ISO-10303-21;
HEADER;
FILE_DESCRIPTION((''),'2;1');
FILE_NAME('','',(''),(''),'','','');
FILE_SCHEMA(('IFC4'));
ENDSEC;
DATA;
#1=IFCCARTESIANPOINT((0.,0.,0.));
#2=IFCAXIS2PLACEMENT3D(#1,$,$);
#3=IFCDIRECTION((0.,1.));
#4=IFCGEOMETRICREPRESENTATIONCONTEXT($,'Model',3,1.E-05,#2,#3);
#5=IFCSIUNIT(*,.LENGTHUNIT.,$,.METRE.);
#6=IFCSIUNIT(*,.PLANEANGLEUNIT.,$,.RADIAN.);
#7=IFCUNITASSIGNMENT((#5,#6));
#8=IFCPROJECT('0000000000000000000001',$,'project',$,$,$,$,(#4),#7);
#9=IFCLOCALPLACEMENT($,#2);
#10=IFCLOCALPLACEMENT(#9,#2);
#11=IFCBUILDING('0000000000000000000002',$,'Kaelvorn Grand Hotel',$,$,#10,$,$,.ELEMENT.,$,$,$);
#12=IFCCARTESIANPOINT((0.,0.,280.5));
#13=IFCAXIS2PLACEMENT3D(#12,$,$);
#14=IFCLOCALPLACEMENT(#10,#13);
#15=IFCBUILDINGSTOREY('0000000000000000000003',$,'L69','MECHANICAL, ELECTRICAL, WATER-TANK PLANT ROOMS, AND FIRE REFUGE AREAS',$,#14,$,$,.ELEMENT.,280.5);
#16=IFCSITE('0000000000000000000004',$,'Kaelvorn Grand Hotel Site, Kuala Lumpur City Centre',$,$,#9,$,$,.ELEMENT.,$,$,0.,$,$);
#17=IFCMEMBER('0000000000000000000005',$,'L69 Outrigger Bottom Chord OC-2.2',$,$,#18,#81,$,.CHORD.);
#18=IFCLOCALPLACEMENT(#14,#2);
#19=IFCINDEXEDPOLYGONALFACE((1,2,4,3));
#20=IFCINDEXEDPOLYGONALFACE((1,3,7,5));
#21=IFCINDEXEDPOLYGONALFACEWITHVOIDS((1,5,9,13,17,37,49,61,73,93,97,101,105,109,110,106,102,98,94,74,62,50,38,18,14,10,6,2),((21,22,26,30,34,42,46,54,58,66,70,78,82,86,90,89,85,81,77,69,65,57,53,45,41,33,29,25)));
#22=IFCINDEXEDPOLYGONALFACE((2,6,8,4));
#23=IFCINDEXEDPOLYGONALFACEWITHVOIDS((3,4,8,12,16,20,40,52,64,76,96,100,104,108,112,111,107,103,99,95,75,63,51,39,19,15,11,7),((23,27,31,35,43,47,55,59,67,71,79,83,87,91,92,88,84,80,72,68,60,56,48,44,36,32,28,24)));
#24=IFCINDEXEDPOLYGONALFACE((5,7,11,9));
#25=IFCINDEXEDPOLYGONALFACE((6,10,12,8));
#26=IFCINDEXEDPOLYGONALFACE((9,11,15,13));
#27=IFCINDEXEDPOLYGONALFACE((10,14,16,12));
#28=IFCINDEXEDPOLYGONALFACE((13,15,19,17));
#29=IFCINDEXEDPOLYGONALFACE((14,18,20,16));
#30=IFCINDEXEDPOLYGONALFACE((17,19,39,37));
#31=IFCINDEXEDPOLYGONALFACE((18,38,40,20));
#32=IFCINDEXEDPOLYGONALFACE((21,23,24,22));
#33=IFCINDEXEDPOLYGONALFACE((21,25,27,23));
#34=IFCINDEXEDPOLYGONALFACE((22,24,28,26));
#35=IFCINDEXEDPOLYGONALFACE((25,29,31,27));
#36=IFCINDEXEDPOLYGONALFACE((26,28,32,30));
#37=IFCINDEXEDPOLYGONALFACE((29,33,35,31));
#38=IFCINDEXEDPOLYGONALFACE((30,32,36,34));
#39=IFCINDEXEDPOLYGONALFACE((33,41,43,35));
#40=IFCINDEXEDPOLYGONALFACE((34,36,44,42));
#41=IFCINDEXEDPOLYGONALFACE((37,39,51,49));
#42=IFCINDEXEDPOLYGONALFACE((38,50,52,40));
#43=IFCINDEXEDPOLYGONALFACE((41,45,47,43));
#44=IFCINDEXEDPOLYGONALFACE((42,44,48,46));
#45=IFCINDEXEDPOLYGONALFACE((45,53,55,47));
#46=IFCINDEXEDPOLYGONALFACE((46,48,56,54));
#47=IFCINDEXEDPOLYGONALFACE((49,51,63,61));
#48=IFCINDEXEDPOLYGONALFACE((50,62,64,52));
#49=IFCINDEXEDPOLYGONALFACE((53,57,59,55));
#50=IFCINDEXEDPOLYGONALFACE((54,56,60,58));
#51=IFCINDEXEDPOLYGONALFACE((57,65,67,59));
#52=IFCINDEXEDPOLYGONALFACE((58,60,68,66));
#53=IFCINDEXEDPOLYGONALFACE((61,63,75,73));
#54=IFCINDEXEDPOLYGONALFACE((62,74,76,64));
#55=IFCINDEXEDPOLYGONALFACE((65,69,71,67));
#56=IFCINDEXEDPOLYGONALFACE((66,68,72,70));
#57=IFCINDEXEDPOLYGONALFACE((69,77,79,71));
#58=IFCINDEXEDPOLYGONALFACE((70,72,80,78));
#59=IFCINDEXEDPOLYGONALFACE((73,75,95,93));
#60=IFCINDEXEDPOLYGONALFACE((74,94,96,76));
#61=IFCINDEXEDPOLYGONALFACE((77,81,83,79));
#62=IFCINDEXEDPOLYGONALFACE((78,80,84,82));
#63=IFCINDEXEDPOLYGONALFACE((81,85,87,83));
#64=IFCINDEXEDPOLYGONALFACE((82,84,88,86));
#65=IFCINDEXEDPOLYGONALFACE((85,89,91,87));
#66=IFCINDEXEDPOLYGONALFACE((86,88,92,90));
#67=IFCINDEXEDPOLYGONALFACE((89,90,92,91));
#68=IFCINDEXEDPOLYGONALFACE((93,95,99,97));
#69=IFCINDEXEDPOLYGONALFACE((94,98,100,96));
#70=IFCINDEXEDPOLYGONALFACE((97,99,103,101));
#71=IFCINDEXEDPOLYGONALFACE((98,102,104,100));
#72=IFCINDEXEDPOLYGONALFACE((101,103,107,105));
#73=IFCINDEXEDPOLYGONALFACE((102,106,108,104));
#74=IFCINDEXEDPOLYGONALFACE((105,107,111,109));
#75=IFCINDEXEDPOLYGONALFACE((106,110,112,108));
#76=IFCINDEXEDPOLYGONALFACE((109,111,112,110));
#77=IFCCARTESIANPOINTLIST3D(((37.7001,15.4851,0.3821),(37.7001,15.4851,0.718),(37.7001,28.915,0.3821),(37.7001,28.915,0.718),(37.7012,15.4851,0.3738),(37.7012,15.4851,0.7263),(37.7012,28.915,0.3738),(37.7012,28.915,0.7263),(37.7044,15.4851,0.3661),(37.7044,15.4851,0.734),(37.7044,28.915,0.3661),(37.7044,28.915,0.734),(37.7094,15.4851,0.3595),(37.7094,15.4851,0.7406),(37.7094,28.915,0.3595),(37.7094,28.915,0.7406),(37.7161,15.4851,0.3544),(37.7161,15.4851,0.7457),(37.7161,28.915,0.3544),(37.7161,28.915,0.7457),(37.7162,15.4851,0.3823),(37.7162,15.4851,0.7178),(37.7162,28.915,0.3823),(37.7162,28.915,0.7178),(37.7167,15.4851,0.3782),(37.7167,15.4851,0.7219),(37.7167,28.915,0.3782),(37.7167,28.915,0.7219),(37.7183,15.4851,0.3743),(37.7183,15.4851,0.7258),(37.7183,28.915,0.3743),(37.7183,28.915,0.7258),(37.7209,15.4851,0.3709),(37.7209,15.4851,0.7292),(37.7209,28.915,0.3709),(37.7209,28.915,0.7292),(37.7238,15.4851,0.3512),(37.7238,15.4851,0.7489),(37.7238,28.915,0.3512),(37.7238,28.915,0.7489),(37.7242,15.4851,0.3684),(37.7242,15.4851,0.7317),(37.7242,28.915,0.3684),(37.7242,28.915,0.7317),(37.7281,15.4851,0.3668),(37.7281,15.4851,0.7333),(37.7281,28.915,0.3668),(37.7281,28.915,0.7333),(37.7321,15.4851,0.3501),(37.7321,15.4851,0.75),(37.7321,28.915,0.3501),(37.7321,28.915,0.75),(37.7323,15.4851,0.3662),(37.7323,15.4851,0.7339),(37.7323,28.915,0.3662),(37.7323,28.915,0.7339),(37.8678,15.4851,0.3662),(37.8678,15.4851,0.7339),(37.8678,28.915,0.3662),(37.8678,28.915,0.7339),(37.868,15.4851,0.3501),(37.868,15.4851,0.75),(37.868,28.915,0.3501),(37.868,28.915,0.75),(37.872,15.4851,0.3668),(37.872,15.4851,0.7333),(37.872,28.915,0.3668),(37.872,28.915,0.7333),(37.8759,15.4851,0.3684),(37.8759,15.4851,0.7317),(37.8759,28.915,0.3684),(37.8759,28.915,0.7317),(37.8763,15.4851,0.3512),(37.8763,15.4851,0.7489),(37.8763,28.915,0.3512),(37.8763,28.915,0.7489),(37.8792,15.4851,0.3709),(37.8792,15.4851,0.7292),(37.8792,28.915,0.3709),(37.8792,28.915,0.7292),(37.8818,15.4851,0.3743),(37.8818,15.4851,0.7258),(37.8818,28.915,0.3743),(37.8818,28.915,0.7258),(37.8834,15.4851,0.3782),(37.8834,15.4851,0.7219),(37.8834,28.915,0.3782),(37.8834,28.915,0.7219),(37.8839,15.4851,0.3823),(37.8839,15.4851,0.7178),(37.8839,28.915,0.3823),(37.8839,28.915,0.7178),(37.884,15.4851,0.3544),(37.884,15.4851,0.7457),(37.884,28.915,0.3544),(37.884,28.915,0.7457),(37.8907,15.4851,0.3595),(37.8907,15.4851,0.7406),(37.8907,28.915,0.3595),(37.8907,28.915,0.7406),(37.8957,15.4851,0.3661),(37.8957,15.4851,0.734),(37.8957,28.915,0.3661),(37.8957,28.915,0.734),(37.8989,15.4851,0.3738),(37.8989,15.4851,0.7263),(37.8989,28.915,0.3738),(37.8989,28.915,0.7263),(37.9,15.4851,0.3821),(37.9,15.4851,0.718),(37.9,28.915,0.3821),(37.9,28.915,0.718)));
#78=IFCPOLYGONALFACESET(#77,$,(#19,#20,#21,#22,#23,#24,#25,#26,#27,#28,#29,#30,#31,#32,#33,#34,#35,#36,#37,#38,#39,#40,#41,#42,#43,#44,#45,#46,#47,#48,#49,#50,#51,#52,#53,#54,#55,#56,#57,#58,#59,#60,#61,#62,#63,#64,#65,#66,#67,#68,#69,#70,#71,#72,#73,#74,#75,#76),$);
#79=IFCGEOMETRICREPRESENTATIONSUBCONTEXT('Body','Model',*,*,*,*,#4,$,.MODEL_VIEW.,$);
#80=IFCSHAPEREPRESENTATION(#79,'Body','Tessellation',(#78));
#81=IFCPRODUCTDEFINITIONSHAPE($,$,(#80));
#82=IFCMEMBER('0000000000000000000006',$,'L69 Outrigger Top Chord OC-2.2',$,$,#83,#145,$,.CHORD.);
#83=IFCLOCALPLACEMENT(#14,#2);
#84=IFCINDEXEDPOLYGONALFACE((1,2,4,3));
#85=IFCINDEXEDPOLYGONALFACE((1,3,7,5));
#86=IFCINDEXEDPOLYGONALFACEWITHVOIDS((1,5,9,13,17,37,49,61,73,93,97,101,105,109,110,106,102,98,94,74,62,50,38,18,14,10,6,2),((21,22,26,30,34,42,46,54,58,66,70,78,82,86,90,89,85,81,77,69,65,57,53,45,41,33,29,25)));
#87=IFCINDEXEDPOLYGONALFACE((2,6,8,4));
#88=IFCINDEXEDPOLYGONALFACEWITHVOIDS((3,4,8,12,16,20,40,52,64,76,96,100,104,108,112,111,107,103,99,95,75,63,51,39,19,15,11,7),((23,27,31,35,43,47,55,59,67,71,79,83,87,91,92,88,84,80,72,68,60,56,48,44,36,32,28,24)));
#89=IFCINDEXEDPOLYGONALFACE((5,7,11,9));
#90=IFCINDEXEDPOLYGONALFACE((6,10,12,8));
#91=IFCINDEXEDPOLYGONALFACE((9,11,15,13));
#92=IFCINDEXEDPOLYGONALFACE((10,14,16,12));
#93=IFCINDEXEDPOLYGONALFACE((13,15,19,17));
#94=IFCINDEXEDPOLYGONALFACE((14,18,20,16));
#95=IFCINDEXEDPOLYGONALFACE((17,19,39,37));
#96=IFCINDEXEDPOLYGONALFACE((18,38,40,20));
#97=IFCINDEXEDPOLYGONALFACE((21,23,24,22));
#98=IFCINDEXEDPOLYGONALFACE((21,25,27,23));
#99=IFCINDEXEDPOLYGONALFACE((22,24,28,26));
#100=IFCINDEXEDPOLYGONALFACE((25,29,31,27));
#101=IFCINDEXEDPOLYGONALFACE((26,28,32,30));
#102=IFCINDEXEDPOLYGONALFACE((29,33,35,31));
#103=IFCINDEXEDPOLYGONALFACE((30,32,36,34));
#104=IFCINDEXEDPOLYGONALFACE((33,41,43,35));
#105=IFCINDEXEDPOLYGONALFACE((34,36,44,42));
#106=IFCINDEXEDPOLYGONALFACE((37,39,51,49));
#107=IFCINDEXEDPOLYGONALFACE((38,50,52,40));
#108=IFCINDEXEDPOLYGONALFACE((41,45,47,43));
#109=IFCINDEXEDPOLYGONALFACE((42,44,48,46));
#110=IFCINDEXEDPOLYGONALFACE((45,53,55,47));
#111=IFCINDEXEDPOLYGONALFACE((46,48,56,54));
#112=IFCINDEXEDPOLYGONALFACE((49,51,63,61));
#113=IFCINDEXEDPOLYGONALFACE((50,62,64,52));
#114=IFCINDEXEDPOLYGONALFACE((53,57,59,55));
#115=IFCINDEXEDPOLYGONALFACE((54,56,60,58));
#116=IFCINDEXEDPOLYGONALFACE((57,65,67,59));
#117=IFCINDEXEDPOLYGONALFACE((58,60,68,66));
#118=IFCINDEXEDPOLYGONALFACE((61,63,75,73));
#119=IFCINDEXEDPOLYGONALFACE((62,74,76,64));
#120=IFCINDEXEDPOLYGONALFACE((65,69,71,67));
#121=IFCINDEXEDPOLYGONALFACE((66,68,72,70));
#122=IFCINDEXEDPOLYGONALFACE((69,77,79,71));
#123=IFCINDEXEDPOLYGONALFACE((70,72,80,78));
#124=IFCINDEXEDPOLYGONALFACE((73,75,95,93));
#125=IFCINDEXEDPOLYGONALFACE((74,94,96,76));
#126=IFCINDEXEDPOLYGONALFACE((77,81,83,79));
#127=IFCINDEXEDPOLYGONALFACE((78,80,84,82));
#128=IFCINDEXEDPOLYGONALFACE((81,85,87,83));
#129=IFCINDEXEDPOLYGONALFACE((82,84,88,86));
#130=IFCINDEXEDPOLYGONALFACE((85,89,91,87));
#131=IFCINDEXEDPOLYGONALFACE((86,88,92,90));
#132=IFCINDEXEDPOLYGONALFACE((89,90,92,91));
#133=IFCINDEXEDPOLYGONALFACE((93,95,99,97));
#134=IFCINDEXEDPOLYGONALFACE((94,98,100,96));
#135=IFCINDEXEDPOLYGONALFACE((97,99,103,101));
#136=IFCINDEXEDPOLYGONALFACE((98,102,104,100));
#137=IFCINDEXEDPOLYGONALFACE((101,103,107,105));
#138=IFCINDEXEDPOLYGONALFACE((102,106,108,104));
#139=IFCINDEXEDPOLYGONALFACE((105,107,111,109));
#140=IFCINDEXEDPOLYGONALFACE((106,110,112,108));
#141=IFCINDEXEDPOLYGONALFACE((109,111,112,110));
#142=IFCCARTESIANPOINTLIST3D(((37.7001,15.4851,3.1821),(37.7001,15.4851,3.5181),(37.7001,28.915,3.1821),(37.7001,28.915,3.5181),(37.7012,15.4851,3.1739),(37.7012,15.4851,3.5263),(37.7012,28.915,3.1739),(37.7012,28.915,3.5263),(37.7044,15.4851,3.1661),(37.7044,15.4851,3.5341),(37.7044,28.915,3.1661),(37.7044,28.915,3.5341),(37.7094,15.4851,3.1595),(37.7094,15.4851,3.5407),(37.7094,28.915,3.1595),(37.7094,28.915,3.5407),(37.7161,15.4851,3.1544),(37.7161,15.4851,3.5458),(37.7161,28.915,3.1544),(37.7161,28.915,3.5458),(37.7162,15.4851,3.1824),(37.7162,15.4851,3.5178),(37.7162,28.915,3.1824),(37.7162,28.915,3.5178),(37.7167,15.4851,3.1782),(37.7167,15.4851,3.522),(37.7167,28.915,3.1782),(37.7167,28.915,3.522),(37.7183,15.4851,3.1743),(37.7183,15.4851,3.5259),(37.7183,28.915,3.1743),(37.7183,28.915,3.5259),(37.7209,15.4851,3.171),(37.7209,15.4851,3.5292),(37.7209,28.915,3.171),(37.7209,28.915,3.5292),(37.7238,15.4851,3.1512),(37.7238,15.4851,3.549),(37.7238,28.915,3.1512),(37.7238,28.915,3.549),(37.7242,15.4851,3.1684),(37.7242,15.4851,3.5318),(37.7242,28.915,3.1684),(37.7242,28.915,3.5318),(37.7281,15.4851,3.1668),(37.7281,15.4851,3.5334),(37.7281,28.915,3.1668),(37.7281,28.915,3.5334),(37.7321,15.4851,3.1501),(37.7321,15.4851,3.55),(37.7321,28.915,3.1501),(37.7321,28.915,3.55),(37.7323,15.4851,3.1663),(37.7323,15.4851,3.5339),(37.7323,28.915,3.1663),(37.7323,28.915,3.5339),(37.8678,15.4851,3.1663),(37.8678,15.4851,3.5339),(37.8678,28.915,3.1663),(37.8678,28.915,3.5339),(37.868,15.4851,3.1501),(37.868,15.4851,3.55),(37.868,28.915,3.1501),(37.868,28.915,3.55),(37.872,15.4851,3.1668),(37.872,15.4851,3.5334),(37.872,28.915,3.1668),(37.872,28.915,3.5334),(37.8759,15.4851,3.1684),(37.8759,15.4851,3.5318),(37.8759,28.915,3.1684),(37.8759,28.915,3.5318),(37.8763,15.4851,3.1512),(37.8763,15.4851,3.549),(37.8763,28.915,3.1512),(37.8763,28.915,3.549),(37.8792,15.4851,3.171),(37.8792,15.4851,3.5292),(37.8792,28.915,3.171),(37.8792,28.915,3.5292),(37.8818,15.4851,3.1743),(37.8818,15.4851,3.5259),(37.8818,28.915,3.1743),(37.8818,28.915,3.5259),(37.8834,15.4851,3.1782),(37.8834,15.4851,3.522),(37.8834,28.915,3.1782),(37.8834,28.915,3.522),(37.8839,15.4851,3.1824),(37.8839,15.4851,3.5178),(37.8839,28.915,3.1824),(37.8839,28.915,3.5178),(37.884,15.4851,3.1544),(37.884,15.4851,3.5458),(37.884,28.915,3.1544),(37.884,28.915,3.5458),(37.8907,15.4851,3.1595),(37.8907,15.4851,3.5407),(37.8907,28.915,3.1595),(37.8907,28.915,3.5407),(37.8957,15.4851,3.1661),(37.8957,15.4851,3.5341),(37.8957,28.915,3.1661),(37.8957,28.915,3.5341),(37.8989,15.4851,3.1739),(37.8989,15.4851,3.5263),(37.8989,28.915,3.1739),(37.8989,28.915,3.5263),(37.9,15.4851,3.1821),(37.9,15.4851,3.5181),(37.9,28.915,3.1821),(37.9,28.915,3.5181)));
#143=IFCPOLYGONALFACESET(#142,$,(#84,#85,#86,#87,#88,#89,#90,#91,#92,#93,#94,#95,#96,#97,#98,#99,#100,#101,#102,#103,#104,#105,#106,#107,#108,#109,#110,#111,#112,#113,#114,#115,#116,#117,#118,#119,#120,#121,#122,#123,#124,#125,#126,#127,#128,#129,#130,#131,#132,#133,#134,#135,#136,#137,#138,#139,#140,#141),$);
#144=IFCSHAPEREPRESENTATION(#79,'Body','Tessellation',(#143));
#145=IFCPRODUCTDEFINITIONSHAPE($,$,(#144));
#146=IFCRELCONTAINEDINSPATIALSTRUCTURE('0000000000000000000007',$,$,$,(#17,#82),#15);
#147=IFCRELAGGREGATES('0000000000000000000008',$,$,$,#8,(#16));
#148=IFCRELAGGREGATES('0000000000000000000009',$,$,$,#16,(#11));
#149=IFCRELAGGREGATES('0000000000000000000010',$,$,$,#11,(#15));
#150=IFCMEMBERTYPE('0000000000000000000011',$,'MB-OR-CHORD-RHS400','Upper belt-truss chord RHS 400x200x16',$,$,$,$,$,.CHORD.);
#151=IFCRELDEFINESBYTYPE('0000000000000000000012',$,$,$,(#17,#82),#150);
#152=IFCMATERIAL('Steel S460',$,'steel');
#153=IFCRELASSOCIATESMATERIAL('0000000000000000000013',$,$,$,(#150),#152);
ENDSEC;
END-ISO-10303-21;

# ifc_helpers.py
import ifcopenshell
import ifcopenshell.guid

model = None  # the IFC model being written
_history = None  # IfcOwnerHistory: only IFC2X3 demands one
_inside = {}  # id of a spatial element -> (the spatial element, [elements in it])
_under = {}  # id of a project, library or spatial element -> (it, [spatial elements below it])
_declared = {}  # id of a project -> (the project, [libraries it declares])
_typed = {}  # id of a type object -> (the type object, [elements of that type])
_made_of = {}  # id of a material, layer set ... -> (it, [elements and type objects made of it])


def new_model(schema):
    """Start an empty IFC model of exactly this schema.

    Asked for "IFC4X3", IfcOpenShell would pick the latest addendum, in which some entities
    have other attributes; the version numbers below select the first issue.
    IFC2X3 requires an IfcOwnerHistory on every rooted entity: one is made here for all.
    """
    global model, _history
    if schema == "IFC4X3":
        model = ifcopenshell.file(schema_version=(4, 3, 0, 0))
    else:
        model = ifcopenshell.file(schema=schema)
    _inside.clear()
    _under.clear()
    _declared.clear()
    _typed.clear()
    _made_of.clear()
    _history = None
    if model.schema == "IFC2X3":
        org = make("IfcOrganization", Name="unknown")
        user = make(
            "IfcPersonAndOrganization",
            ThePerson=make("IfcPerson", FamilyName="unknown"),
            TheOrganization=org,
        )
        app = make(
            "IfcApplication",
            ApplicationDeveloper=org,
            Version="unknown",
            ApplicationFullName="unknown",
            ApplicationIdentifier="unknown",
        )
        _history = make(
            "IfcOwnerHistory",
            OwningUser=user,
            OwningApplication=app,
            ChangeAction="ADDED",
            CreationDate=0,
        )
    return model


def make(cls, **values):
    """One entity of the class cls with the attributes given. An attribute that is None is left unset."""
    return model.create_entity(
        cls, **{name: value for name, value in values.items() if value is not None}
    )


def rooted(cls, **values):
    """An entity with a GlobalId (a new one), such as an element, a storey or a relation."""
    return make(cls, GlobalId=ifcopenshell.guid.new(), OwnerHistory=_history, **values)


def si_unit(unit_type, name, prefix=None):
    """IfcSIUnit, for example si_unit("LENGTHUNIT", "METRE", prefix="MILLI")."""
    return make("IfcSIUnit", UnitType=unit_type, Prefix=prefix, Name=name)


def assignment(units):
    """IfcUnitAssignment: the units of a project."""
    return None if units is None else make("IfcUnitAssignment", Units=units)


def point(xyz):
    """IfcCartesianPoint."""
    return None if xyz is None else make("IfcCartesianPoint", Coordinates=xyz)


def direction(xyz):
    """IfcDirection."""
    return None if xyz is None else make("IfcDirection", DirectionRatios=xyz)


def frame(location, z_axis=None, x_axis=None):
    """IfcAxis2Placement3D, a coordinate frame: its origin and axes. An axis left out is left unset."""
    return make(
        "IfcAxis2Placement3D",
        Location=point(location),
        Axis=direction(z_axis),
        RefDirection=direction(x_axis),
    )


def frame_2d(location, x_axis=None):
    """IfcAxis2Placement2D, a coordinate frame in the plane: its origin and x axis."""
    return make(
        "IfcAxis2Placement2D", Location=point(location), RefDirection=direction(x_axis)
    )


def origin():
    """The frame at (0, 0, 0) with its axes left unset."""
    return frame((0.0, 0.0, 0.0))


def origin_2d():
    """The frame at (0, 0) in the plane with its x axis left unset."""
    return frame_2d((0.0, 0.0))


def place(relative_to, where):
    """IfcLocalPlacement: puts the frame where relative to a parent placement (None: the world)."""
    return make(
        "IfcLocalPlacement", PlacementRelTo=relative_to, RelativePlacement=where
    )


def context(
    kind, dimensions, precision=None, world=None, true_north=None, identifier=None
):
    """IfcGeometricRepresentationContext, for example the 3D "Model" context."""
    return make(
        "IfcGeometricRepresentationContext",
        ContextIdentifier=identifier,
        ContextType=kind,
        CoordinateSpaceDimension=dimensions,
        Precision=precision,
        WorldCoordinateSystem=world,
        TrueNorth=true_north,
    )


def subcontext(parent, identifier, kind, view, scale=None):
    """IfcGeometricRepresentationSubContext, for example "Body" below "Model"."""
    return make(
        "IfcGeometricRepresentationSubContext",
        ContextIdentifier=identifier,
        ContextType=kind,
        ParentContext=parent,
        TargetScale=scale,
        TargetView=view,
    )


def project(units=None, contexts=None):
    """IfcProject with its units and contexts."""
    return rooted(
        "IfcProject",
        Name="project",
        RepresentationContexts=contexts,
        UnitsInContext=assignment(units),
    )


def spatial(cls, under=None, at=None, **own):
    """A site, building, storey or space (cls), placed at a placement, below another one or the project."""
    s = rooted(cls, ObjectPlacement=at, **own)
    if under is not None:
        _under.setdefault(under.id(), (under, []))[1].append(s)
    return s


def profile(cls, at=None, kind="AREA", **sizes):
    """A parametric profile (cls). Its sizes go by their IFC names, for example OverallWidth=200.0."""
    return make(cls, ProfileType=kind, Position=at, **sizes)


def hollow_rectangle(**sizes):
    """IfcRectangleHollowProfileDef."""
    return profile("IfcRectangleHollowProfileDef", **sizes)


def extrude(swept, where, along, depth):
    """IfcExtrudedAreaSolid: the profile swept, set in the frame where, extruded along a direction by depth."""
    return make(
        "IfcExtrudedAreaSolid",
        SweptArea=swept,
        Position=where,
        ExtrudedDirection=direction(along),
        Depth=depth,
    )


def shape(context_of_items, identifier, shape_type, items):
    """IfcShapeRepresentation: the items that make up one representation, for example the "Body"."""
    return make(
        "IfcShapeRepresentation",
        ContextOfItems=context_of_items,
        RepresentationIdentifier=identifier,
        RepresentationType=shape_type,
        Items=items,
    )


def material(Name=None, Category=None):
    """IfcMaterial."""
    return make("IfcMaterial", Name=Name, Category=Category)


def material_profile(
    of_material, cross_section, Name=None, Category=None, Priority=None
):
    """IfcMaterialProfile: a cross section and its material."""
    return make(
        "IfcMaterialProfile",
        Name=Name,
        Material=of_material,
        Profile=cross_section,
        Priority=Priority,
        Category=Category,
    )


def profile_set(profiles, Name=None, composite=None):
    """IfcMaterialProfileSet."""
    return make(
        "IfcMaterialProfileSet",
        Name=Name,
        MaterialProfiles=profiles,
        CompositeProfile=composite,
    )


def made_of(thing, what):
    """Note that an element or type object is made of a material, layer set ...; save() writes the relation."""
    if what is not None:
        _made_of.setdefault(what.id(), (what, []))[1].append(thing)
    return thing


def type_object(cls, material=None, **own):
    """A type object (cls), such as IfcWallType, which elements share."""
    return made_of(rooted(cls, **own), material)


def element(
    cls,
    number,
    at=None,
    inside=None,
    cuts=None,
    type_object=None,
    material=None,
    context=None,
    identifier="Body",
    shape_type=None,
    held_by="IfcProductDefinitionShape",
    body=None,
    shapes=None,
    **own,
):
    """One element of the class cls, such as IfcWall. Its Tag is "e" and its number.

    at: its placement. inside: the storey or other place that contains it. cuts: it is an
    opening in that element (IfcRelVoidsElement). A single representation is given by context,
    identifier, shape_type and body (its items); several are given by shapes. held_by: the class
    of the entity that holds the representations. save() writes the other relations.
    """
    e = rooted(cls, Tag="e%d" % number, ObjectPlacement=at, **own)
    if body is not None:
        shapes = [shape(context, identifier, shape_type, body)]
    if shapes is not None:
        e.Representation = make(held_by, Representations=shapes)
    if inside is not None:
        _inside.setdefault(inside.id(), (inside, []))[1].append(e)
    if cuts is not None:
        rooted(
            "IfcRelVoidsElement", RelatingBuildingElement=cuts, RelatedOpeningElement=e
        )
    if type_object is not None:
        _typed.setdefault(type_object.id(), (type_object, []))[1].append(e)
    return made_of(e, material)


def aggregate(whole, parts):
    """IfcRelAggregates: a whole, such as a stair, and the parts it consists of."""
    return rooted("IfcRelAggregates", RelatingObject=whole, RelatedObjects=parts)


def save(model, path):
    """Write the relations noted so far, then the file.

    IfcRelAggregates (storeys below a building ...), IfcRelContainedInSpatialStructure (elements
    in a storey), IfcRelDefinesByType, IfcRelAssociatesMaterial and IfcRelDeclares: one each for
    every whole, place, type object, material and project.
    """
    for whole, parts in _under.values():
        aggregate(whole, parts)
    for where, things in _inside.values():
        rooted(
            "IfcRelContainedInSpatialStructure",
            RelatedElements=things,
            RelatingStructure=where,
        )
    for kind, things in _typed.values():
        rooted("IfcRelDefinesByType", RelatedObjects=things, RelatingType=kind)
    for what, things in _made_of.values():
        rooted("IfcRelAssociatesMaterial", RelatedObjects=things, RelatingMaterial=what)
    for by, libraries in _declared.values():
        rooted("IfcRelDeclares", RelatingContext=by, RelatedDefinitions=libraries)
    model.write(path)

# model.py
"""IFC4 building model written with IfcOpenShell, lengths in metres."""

from ifc_helpers import new_model, si_unit, direction, frame, origin, origin_2d, place, context, subcontext, project, spatial, hollow_rectangle, extrude, material, material_profile, profile_set, type_object, element, save


model = new_model("IFC4")

# Units and contexts
model_context = context("Model", 3, precision=1e-05, world=origin(), true_north=direction((0.0, 1.0)))
body_context = subcontext(model_context, "Body", "Model", "MODEL_VIEW")
ifc_project = project(units=[si_unit("LENGTHUNIT", "METRE"), si_unit("PLANEANGLEUNIT", "RADIAN")], contexts=[model_context])

# Site, building, storey
site_placement = place(None, origin())
site = spatial("IfcSite", under=ifc_project, at=site_placement, Name="Kaelvorn Grand Hotel Site, Kuala Lumpur City Centre", CompositionType="ELEMENT", RefElevation=0.0)
building_placement = place(site_placement, origin())
building = spatial("IfcBuilding", under=site, at=building_placement, Name="Kaelvorn Grand Hotel", CompositionType="ELEMENT")
storey_placement = place(building_placement, frame((0.0, 0.0, 280.5)))
storey = spatial("IfcBuildingStorey", under=building, at=storey_placement, Name="L69", Description="MECHANICAL, ELECTRICAL, WATER-TANK PLANT ROOMS, AND FIRE REFUGE AREAS", CompositionType="ELEMENT", Elevation=280.5)

# Shared definitions
ifc_material_1 = material(Name="Steel S460", Category="steel")

# Members
ifc_material_profile_1 = material_profile(ifc_material_1, hollow_rectangle(XDim=0.2, YDim=0.3999, WallThickness=0.0161, InnerFilletRadius=0.0161, OuterFilletRadius=0.032, at=origin_2d()), Name="RHS 400x200x16.0")
ifc_profile_set_1 = profile_set([ifc_material_profile_1], Name="Steel S460")
member_type_1 = type_object("IfcMemberType", Name="MB-OR-CHORD-RHS400", Description="Upper belt-truss chord RHS 400x200x16", PredefinedType="CHORD", material=ifc_profile_set_1)
for number, where, z_axis, x_axis, name in (
    (1, (37.8, 15.4851, 0.55), (0.0, 1.0, 0.0), (-1.0, 0.0, 0.0), "L69 Outrigger Bottom Chord OC-2.2"),
    (2, (37.8, 15.4851, 3.3501), (0.0, 1.0, 0.0), (-1.0, 0.0, 0.0), "L69 Outrigger Top Chord OC-2.2"),
):
    element("IfcMember", number, at=place(storey_placement, frame(where, z_axis=z_axis, x_axis=x_axis)), inside=storey, type_object=member_type_1, Name=name, PredefinedType="CHORD", context=body_context, shape_type="SweptSolid", body=[
        extrude(hollow_rectangle(XDim=0.2, YDim=0.3999, WallThickness=0.0161, InnerFilletRadius=0.0161, OuterFilletRadius=0.032, at=origin_2d()), origin(), (0.0, 0.0, 1.0), 13.4299),
    ])

save(model, "model.ifc")
